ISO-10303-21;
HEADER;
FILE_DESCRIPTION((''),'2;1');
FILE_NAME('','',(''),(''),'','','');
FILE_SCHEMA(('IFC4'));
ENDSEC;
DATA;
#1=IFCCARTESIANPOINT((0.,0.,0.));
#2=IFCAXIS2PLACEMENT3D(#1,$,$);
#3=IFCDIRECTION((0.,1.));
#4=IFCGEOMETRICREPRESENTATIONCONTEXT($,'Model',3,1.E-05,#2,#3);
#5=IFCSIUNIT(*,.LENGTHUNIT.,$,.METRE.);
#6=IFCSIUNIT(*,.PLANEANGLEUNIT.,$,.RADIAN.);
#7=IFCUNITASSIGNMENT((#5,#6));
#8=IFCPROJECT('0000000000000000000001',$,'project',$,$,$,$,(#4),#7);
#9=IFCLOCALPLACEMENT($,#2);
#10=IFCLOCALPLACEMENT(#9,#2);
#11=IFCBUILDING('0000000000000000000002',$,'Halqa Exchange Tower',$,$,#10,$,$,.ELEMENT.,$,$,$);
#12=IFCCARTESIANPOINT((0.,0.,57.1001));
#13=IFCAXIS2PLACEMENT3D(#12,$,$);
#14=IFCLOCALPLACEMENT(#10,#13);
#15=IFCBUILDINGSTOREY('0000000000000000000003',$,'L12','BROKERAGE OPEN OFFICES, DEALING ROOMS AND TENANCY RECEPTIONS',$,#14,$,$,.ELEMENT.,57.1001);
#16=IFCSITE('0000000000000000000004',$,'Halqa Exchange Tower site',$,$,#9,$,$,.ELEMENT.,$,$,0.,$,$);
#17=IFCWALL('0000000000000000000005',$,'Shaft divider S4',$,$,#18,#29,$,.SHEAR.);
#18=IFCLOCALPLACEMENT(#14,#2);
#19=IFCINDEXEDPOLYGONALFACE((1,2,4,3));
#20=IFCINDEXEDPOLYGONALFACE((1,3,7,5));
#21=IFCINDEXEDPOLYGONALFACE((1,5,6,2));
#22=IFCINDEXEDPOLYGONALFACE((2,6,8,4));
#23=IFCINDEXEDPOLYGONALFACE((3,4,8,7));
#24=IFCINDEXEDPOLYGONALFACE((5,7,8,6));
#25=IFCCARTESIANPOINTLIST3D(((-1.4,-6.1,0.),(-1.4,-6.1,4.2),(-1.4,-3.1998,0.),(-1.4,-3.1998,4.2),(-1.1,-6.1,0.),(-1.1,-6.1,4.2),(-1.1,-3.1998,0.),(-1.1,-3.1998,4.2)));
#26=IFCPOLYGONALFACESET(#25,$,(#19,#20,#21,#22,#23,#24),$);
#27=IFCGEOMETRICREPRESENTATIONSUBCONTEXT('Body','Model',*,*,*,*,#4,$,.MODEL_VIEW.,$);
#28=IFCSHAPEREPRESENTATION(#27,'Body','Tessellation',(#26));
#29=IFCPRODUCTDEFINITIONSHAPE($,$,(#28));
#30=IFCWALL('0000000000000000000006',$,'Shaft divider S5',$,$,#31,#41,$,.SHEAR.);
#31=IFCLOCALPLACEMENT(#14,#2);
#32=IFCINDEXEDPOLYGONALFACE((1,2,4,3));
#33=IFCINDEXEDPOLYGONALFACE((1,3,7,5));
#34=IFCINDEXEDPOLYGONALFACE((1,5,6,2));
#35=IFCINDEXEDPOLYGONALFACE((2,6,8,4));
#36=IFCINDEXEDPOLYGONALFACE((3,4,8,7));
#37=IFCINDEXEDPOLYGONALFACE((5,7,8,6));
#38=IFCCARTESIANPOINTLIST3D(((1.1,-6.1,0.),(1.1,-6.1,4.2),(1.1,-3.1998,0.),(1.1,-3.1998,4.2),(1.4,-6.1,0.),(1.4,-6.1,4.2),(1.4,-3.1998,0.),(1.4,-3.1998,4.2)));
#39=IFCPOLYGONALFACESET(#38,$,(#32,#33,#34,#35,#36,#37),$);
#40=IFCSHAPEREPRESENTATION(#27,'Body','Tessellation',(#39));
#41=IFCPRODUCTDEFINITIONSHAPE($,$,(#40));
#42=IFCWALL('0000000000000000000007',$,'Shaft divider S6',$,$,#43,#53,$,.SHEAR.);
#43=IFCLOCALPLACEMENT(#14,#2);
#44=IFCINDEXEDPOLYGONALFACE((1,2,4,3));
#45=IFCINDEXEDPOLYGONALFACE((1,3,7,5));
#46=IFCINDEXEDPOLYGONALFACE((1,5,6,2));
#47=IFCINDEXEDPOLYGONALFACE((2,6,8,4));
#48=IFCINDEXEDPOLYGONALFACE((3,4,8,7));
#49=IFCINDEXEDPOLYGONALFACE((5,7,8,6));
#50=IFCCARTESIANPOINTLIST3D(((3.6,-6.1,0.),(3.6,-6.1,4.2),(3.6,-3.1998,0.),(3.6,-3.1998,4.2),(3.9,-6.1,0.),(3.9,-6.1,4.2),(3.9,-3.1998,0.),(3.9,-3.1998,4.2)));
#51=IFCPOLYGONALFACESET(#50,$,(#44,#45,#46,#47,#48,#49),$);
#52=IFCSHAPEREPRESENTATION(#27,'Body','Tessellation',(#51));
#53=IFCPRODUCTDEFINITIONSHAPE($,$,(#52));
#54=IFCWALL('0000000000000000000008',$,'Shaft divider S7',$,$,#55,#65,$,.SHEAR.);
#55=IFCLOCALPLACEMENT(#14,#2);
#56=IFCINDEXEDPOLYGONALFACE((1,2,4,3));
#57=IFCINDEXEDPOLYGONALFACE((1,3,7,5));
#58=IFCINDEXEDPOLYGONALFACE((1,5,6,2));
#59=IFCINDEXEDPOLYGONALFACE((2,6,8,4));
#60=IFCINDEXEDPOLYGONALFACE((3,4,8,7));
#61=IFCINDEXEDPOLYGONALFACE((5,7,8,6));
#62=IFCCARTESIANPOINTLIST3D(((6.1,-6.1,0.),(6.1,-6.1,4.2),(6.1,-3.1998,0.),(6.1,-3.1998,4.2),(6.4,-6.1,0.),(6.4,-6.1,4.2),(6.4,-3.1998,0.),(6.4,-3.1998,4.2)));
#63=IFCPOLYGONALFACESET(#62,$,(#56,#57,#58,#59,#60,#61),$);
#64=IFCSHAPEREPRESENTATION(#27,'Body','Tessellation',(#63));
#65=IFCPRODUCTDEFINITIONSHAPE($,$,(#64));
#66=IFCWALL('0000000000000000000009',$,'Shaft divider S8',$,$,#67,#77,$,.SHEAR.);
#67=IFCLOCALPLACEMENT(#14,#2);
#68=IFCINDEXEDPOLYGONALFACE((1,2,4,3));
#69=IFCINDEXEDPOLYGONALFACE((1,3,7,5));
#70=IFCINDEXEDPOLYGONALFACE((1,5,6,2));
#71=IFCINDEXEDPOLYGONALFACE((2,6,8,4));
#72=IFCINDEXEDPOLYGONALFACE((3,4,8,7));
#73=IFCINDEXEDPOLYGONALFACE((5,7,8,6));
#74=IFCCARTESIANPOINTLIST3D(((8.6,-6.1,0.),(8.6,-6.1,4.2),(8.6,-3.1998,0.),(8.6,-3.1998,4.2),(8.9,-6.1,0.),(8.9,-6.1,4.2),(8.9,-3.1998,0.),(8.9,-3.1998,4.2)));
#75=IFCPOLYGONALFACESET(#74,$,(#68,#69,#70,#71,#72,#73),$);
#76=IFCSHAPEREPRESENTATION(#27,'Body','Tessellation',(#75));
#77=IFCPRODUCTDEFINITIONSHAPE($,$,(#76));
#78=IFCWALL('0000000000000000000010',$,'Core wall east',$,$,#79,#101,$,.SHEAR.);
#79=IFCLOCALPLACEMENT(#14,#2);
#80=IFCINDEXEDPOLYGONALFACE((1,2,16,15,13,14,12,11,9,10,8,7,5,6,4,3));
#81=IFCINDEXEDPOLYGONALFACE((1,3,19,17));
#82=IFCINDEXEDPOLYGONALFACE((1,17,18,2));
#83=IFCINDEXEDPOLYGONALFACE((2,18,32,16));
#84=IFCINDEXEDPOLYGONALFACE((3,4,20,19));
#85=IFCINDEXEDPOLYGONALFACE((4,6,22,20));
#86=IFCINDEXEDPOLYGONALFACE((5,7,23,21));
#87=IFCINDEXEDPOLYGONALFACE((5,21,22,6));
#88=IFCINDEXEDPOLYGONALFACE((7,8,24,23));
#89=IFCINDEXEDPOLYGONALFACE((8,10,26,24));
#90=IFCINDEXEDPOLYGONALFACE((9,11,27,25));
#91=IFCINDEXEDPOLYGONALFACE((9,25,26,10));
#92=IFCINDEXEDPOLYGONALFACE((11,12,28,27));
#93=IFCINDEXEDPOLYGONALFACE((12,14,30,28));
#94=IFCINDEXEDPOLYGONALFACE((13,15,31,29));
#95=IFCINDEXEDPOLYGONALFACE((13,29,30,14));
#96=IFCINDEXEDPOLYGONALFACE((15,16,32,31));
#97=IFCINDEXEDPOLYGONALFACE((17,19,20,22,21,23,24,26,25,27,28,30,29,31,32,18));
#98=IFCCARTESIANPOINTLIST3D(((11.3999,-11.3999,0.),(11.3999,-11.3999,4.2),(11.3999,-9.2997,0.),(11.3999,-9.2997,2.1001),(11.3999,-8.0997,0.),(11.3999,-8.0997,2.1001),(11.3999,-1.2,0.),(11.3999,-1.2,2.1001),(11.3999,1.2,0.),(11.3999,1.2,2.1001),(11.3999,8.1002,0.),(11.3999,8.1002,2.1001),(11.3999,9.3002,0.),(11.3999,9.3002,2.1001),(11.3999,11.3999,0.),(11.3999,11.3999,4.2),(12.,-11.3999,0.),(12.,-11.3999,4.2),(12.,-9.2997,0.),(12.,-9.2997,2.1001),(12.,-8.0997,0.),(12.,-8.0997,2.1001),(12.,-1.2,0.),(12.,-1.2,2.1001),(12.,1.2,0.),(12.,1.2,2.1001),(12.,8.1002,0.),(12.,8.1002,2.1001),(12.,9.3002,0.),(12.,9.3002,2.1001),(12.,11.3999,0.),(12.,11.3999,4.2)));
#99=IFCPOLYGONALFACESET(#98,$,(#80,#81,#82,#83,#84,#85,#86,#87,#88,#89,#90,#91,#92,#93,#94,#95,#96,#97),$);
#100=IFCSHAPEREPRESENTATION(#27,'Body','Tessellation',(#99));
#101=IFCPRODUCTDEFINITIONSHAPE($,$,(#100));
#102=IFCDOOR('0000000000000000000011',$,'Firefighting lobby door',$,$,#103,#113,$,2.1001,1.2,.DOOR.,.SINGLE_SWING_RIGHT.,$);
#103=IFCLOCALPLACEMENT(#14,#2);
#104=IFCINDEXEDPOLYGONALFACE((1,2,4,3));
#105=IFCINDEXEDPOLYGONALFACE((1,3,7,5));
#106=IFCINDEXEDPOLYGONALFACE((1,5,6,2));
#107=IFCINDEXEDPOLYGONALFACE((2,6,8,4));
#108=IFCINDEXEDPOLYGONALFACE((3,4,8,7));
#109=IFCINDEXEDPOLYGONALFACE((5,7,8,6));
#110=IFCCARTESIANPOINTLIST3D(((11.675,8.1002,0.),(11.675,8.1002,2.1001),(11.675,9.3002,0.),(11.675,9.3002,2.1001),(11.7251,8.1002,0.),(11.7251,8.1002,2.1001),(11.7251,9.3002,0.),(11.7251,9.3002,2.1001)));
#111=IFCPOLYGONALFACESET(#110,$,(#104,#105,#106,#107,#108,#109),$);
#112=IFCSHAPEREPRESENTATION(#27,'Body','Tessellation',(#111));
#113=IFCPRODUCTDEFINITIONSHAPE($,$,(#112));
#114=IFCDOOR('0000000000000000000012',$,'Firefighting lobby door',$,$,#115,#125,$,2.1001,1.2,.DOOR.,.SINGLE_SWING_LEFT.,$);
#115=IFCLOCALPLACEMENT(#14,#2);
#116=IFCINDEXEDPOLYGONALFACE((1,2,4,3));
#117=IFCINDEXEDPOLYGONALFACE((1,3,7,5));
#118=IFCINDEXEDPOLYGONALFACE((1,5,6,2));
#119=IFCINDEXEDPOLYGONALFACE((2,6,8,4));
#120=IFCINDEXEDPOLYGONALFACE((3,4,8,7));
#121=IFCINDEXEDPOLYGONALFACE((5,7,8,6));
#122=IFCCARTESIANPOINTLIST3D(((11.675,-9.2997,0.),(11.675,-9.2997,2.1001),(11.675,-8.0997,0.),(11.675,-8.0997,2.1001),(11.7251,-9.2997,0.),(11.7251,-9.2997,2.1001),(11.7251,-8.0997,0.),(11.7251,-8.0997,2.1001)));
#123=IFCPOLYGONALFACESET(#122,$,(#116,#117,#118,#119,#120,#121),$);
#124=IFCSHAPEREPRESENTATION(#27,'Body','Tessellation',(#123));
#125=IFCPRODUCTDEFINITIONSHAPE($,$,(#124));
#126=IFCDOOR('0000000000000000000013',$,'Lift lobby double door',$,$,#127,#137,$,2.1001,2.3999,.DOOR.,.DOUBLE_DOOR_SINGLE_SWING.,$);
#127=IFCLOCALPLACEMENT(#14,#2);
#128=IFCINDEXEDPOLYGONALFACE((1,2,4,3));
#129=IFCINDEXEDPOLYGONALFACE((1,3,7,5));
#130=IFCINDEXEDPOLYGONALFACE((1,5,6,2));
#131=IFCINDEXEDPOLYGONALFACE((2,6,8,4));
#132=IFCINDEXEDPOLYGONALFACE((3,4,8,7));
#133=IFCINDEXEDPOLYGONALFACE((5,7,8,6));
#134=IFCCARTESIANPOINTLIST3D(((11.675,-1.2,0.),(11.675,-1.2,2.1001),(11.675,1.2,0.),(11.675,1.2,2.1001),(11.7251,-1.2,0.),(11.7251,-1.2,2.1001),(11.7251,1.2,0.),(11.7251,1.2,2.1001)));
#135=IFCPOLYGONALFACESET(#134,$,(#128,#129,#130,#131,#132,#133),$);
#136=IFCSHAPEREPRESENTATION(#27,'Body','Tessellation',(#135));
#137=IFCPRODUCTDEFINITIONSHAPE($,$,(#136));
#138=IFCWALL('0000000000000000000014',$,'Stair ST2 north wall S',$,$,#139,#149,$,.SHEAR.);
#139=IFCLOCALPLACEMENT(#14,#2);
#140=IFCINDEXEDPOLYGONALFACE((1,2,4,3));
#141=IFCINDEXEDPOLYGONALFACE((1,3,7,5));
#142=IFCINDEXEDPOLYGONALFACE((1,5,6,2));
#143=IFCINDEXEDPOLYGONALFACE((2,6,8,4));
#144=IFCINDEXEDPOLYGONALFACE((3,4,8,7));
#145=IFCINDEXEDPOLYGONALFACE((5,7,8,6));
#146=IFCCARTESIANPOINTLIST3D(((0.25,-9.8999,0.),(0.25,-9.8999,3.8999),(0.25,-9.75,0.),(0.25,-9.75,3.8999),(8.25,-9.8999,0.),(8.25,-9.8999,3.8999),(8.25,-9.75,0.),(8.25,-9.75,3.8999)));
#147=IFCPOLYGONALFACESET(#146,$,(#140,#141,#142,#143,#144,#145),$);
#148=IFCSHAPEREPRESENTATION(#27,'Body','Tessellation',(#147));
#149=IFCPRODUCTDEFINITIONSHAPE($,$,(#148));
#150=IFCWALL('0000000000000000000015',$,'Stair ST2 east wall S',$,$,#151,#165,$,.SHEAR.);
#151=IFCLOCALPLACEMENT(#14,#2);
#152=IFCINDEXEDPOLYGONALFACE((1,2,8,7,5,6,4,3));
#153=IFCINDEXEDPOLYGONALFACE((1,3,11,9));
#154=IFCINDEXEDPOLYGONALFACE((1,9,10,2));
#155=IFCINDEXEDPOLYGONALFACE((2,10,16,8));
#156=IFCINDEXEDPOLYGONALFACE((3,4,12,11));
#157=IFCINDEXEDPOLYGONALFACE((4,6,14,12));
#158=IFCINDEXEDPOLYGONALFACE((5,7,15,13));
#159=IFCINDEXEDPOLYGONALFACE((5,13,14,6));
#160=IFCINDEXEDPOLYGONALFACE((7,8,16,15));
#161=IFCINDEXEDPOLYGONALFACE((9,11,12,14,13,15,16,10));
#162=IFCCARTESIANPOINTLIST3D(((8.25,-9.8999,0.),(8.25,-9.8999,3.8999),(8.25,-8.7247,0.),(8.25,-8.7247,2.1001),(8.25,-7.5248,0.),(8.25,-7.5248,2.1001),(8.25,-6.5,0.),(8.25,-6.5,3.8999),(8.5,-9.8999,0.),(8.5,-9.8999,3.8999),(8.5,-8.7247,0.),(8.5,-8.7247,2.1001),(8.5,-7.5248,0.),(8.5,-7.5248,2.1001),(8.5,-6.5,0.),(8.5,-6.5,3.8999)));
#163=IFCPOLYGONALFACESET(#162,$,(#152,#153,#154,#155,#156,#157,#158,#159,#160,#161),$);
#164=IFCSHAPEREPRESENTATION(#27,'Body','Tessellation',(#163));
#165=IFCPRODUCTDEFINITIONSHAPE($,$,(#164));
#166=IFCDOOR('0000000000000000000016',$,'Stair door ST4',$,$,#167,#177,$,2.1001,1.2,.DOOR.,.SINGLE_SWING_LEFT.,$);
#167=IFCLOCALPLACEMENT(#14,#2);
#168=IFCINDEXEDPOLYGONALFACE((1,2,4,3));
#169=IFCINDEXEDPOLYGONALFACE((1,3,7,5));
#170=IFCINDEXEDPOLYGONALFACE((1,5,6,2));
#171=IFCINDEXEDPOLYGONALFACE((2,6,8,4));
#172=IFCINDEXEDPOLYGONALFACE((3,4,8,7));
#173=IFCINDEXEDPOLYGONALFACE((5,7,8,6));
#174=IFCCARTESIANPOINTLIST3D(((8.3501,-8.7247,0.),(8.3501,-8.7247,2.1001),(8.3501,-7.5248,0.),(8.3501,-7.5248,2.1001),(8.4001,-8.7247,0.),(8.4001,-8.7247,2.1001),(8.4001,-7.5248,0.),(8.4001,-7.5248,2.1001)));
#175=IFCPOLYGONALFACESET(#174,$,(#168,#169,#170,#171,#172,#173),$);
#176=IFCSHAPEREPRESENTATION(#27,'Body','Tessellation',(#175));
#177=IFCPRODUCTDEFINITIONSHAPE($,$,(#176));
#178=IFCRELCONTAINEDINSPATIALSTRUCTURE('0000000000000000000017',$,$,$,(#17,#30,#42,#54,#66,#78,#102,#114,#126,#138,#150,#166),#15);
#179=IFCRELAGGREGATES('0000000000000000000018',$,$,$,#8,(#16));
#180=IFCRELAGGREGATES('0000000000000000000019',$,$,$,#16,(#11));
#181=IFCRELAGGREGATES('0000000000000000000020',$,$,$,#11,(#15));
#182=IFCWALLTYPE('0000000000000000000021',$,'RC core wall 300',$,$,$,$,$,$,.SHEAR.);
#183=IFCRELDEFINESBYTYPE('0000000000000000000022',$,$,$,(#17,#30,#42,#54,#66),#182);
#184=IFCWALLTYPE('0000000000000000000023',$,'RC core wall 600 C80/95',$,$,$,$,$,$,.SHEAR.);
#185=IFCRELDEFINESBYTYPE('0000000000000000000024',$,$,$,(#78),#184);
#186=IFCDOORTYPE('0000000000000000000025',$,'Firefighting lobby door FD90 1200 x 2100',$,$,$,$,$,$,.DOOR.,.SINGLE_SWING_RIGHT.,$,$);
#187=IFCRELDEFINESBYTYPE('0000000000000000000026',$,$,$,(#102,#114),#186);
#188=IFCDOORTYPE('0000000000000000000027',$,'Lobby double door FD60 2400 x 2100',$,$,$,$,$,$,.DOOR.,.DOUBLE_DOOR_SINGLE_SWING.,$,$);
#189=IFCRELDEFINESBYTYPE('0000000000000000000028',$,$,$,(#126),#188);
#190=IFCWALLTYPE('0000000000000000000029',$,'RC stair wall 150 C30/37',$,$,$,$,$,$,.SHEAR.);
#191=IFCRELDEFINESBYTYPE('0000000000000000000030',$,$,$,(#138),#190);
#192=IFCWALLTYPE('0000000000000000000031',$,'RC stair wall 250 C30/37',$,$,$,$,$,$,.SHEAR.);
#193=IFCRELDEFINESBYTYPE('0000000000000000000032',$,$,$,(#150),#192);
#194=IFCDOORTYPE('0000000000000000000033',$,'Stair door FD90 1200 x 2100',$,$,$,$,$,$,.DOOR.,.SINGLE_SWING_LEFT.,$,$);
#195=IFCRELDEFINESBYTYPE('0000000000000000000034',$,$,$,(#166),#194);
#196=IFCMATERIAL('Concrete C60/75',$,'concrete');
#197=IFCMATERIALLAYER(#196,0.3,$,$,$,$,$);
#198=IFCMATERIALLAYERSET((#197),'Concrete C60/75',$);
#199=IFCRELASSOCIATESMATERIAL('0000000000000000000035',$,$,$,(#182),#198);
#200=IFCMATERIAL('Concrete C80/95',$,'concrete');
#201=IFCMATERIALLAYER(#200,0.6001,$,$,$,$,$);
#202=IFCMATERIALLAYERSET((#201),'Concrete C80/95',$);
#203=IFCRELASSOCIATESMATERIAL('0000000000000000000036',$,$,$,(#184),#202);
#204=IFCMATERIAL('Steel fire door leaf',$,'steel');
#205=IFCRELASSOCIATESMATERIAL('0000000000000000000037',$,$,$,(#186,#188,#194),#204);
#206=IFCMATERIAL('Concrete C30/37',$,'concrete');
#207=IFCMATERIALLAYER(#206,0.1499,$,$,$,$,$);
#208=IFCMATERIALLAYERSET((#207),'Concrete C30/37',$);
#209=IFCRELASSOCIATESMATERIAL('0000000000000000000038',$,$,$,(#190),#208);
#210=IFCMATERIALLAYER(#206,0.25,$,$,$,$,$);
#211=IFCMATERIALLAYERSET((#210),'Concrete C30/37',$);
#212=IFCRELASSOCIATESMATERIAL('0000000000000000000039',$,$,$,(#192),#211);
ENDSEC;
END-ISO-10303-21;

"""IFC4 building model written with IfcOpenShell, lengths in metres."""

from ifc_helpers import new_model, si_unit, direction, frame, frame_2d, origin, place, context, subcontext, project, spatial, rectangle, extrude, material, layer, layer_set, type_object, element, fill, save


model = new_model("IFC4")

# Units and contexts
model_context = context("Model", 3, precision=1e-05, world=origin(), true_north=direction((0.0, 1.0)))
body_context = subcontext(model_context, "Body", "Model", "MODEL_VIEW")
ifc_project = project(units=[si_unit("LENGTHUNIT", "METRE"), si_unit("PLANEANGLEUNIT", "RADIAN")], contexts=[model_context])

# Site, building, storey
site_placement = place(None, origin())
site = spatial("IfcSite", under=ifc_project, at=site_placement, Name="Halqa Exchange Tower site", CompositionType="ELEMENT", RefElevation=0.0)
building_placement = place(site_placement, origin())
building = spatial("IfcBuilding", under=site, at=building_placement, Name="Halqa Exchange Tower", CompositionType="ELEMENT")
storey_placement = place(building_placement, frame((0.0, 0.0, 57.1001)))
storey = spatial("IfcBuildingStorey", under=building, at=storey_placement, Name="L12", Description="BROKERAGE OPEN OFFICES, DEALING ROOMS AND TENANCY RECEPTIONS", CompositionType="ELEMENT", Elevation=57.1001)

# Walls
ifc_material_1 = material(Name="Concrete C60/75", Category="concrete")
ifc_layer_1 = layer(ifc_material_1, 0.3)
ifc_layer_set_1 = layer_set([ifc_layer_1], Name="Concrete C60/75")
wall_type_1 = type_object("IfcWallType", Name="RC core wall 300", PredefinedType="SHEAR", material=ifc_layer_set_1)
for number, where, z_axis, x_axis, name in (
    (1, (-1.25, -6.1001, 0.0), (0.0, 0.0, 1.0), (0.0, 1.0, 0.0), "Shaft divider S4"),
    (2, (1.25, -6.1001, 0.0), (0.0, 0.0, 1.0), (0.0, 1.0, 0.0), "Shaft divider S5"),
    (3, (3.75, -6.1001, 0.0), (0.0, 0.0, 1.0), (0.0, 1.0, 0.0), "Shaft divider S6"),
    (4, (6.25, -6.1001, 0.0), (0.0, 0.0, 1.0), (0.0, 1.0, 0.0), "Shaft divider S7"),
    (5, (8.75, -6.1001, 0.0), (0.0, 0.0, 1.0), (0.0, 1.0, 0.0), "Shaft divider S8"),
):
    element("IfcWall", number, at=place(storey_placement, frame(where, z_axis=z_axis, x_axis=x_axis)), inside=storey, type_object=wall_type_1, Name=name, PredefinedType="SHEAR", context=body_context, shape_type="SweptSolid", body=[
        extrude(rectangle(XDim=2.9001, YDim=0.3, at=frame_2d((1.4502, 0.0))), origin(), (0.0, 0.0, 1.0), 4.2),
    ])

# Wall, openings, doors
ifc_material_2 = material(Name="Concrete C80/95", Category="concrete")
ifc_layer_2 = layer(ifc_material_2, 0.6001)
ifc_layer_set_2 = layer_set([ifc_layer_2], Name="Concrete C80/95")
wall_type_2 = type_object("IfcWallType", Name="RC core wall 600 C80/95", PredefinedType="SHEAR", material=ifc_layer_set_2)
wall_1_placement = place(storey_placement, frame((11.7, -11.3999, 0.0), z_axis=(0.0, 0.0, 1.0), x_axis=(0.0, 1.0, 0.0)))
wall_1 = element("IfcWall", 6, at=wall_1_placement, inside=storey, type_object=wall_type_2, Name="Core wall east", PredefinedType="SHEAR", context=body_context, shape_type="SweptSolid", body=[
    extrude(rectangle(XDim=22.7998, YDim=0.6001, at=frame_2d((11.3999, 0.0))), origin(), (0.0, 0.0, 1.0), 4.2),
])
opening_1_placement = place(wall_1_placement, frame((10.2, 0.0, 0.0)))
opening_1 = element("IfcOpeningElement", 7, at=opening_1_placement, cuts=wall_1, PredefinedType="OPENING", context=body_context, shape_type="SweptSolid", body=[
    extrude(rectangle(XDim=2.3999, YDim=2.1001, at=frame_2d((1.2, 1.05))), frame((0.0, 0.312, 0.0), z_axis=(0.0, -1.0, 0.0), x_axis=(1.0, 0.0, 0.0)), (0.0, 0.0, 1.0), 0.624),
])
opening_2_placement = place(wall_1_placement, frame((19.5, 0.0, 0.0)))
opening_2 = element("IfcOpeningElement", 8, at=opening_2_placement, cuts=wall_1, PredefinedType="OPENING", context=body_context, shape_type="SweptSolid", body=[
    extrude(rectangle(XDim=1.2, YDim=2.1001, at=frame_2d((0.6001, 1.05))), frame((0.0, 0.312, 0.0), z_axis=(0.0, -1.0, 0.0), x_axis=(1.0, 0.0, 0.0)), (0.0, 0.0, 1.0), 0.624),
])
opening_3_placement = place(wall_1_placement, frame((2.1001, 0.0, 0.0)))
opening_3 = element("IfcOpeningElement", 9, at=opening_3_placement, cuts=wall_1, PredefinedType="OPENING", context=body_context, shape_type="SweptSolid", body=[
    extrude(rectangle(XDim=1.2, YDim=2.1001, at=frame_2d((0.6001, 1.05))), frame((0.0, 0.312, 0.0), z_axis=(0.0, -1.0, 0.0), x_axis=(1.0, 0.0, 0.0)), (0.0, 0.0, 1.0), 0.624),
])
ifc_material_3 = material(Name="Steel fire door leaf", Category="steel")
door_type_1 = type_object("IfcDoorType", Name="Firefighting lobby door FD90 1200 x 2100", OperationType="SINGLE_SWING_RIGHT", PredefinedType="DOOR", material=ifc_material_3)
door_1_placement = place(opening_2_placement, origin())
door_1 = element("IfcDoor", 10, at=door_1_placement, inside=storey, type_object=door_type_1, Name="Firefighting lobby door", OperationType="SINGLE_SWING_RIGHT", OverallHeight=2.1001, OverallWidth=1.2, PredefinedType="DOOR", context=body_context, shape_type="SweptSolid", body=[
    extrude(rectangle(XDim=1.2, YDim=2.1001, at=frame_2d((0.6001, 1.05))), frame((0.0, 0.0249, 0.0), z_axis=(0.0, -1.0, 0.0), x_axis=(1.0, 0.0, 0.0)), (0.0, 0.0, 1.0), 0.05),
])
fill(opening_2, door_1)
door_2_placement = place(opening_3_placement, origin())
door_2 = element("IfcDoor", 11, at=door_2_placement, inside=storey, type_object=door_type_1, Name="Firefighting lobby door", OperationType="SINGLE_SWING_LEFT", OverallHeight=2.1001, OverallWidth=1.2, PredefinedType="DOOR", context=body_context, shape_type="SweptSolid", body=[
    extrude(rectangle(XDim=1.2, YDim=2.1001, at=frame_2d((0.6001, 1.05))), frame((0.0, 0.0249, 0.0), z_axis=(0.0, -1.0, 0.0), x_axis=(1.0, 0.0, 0.0)), (0.0, 0.0, 1.0), 0.05),
])
fill(opening_3, door_2)
door_type_2 = type_object("IfcDoorType", Name="Lobby double door FD60 2400 x 2100", OperationType="DOUBLE_DOOR_SINGLE_SWING", PredefinedType="DOOR", material=ifc_material_3)
door_3_placement = place(opening_1_placement, origin())
door_3 = element("IfcDoor", 12, at=door_3_placement, inside=storey, type_object=door_type_2, Name="Lift lobby double door", OperationType="DOUBLE_DOOR_SINGLE_SWING", OverallHeight=2.1001, OverallWidth=2.3999, PredefinedType="DOOR", context=body_context, shape_type="SweptSolid", body=[
    extrude(rectangle(XDim=2.3999, YDim=2.1001, at=frame_2d((1.2, 1.05))), frame((0.0, 0.0249, 0.0), z_axis=(0.0, -1.0, 0.0), x_axis=(1.0, 0.0, 0.0)), (0.0, 0.0, 1.0), 0.05),
])
fill(opening_1, door_3)

# Wall
ifc_material_4 = material(Name="Concrete C30/37", Category="concrete")
ifc_layer_3 = layer(ifc_material_4, 0.1499)
ifc_layer_set_3 = layer_set([ifc_layer_3], Name="Concrete C30/37")
wall_type_3 = type_object("IfcWallType", Name="RC stair wall 150 C30/37", PredefinedType="SHEAR", material=ifc_layer_set_3)
wall_2_placement = place(storey_placement, frame((0.25, -9.825, 0.0), z_axis=(0.0, 0.0, 1.0), x_axis=(1.0, 0.0, 0.0)))
element("IfcWall", 13, at=wall_2_placement, inside=storey, type_object=wall_type_3, Name="Stair ST2 north wall S", PredefinedType="SHEAR", context=body_context, shape_type="SweptSolid", body=[
    extrude(rectangle(XDim=8.0, YDim=0.1499, at=frame_2d((4.0, 0.0))), origin(), (0.0, 0.0, 1.0), 3.8999),
])

# Wall, opening, door
ifc_layer_4 = layer(ifc_material_4, 0.25)
ifc_layer_set_4 = layer_set([ifc_layer_4], Name="Concrete C30/37")
wall_type_4 = type_object("IfcWallType", Name="RC stair wall 250 C30/37", PredefinedType="SHEAR", material=ifc_layer_set_4)
wall_3_placement = place(storey_placement, frame((8.375, -9.8999, 0.0), z_axis=(0.0, 0.0, 1.0), x_axis=(0.0, 1.0, 0.0)))
wall_3 = element("IfcWall", 14, at=wall_3_placement, inside=storey, type_object=wall_type_4, Name="Stair ST2 east wall S", PredefinedType="SHEAR", context=body_context, shape_type="SweptSolid", body=[
    extrude(rectangle(XDim=3.3999, YDim=0.25, at=frame_2d((1.7, 0.0))), origin(), (0.0, 0.0, 1.0), 3.8999),
])
opening_4_placement = place(wall_3_placement, frame((1.175, 0.0, 0.0)))
opening_4 = element("IfcOpeningElement", 15, at=opening_4_placement, cuts=wall_3, PredefinedType="OPENING", context=body_context, shape_type="SweptSolid", body=[
    extrude(rectangle(XDim=1.2, YDim=2.1001, at=frame_2d((0.6001, 1.05))), frame((0.0, 0.137, 0.0), z_axis=(0.0, -1.0, 0.0), x_axis=(1.0, 0.0, 0.0)), (0.0, 0.0, 1.0), 0.2739),
])
door_type_3 = type_object("IfcDoorType", Name="Stair door FD90 1200 x 2100", OperationType="SINGLE_SWING_LEFT", PredefinedType="DOOR", material=ifc_material_3)
door_4_placement = place(opening_4_placement, origin())
door_4 = element("IfcDoor", 16, at=door_4_placement, inside=storey, type_object=door_type_3, Name="Stair door ST4", OperationType="SINGLE_SWING_LEFT", OverallHeight=2.1001, OverallWidth=1.2, PredefinedType="DOOR", context=body_context, shape_type="SweptSolid", body=[
    extrude(rectangle(XDim=1.2, YDim=2.1001, at=frame_2d((0.6001, 1.05))), frame((0.0, 0.0249, 0.0), z_axis=(0.0, -1.0, 0.0), x_axis=(1.0, 0.0, 0.0)), (0.0, 0.0, 1.0), 0.05),
])
fill(opening_4, door_4)

save(model, "model.ifc")
